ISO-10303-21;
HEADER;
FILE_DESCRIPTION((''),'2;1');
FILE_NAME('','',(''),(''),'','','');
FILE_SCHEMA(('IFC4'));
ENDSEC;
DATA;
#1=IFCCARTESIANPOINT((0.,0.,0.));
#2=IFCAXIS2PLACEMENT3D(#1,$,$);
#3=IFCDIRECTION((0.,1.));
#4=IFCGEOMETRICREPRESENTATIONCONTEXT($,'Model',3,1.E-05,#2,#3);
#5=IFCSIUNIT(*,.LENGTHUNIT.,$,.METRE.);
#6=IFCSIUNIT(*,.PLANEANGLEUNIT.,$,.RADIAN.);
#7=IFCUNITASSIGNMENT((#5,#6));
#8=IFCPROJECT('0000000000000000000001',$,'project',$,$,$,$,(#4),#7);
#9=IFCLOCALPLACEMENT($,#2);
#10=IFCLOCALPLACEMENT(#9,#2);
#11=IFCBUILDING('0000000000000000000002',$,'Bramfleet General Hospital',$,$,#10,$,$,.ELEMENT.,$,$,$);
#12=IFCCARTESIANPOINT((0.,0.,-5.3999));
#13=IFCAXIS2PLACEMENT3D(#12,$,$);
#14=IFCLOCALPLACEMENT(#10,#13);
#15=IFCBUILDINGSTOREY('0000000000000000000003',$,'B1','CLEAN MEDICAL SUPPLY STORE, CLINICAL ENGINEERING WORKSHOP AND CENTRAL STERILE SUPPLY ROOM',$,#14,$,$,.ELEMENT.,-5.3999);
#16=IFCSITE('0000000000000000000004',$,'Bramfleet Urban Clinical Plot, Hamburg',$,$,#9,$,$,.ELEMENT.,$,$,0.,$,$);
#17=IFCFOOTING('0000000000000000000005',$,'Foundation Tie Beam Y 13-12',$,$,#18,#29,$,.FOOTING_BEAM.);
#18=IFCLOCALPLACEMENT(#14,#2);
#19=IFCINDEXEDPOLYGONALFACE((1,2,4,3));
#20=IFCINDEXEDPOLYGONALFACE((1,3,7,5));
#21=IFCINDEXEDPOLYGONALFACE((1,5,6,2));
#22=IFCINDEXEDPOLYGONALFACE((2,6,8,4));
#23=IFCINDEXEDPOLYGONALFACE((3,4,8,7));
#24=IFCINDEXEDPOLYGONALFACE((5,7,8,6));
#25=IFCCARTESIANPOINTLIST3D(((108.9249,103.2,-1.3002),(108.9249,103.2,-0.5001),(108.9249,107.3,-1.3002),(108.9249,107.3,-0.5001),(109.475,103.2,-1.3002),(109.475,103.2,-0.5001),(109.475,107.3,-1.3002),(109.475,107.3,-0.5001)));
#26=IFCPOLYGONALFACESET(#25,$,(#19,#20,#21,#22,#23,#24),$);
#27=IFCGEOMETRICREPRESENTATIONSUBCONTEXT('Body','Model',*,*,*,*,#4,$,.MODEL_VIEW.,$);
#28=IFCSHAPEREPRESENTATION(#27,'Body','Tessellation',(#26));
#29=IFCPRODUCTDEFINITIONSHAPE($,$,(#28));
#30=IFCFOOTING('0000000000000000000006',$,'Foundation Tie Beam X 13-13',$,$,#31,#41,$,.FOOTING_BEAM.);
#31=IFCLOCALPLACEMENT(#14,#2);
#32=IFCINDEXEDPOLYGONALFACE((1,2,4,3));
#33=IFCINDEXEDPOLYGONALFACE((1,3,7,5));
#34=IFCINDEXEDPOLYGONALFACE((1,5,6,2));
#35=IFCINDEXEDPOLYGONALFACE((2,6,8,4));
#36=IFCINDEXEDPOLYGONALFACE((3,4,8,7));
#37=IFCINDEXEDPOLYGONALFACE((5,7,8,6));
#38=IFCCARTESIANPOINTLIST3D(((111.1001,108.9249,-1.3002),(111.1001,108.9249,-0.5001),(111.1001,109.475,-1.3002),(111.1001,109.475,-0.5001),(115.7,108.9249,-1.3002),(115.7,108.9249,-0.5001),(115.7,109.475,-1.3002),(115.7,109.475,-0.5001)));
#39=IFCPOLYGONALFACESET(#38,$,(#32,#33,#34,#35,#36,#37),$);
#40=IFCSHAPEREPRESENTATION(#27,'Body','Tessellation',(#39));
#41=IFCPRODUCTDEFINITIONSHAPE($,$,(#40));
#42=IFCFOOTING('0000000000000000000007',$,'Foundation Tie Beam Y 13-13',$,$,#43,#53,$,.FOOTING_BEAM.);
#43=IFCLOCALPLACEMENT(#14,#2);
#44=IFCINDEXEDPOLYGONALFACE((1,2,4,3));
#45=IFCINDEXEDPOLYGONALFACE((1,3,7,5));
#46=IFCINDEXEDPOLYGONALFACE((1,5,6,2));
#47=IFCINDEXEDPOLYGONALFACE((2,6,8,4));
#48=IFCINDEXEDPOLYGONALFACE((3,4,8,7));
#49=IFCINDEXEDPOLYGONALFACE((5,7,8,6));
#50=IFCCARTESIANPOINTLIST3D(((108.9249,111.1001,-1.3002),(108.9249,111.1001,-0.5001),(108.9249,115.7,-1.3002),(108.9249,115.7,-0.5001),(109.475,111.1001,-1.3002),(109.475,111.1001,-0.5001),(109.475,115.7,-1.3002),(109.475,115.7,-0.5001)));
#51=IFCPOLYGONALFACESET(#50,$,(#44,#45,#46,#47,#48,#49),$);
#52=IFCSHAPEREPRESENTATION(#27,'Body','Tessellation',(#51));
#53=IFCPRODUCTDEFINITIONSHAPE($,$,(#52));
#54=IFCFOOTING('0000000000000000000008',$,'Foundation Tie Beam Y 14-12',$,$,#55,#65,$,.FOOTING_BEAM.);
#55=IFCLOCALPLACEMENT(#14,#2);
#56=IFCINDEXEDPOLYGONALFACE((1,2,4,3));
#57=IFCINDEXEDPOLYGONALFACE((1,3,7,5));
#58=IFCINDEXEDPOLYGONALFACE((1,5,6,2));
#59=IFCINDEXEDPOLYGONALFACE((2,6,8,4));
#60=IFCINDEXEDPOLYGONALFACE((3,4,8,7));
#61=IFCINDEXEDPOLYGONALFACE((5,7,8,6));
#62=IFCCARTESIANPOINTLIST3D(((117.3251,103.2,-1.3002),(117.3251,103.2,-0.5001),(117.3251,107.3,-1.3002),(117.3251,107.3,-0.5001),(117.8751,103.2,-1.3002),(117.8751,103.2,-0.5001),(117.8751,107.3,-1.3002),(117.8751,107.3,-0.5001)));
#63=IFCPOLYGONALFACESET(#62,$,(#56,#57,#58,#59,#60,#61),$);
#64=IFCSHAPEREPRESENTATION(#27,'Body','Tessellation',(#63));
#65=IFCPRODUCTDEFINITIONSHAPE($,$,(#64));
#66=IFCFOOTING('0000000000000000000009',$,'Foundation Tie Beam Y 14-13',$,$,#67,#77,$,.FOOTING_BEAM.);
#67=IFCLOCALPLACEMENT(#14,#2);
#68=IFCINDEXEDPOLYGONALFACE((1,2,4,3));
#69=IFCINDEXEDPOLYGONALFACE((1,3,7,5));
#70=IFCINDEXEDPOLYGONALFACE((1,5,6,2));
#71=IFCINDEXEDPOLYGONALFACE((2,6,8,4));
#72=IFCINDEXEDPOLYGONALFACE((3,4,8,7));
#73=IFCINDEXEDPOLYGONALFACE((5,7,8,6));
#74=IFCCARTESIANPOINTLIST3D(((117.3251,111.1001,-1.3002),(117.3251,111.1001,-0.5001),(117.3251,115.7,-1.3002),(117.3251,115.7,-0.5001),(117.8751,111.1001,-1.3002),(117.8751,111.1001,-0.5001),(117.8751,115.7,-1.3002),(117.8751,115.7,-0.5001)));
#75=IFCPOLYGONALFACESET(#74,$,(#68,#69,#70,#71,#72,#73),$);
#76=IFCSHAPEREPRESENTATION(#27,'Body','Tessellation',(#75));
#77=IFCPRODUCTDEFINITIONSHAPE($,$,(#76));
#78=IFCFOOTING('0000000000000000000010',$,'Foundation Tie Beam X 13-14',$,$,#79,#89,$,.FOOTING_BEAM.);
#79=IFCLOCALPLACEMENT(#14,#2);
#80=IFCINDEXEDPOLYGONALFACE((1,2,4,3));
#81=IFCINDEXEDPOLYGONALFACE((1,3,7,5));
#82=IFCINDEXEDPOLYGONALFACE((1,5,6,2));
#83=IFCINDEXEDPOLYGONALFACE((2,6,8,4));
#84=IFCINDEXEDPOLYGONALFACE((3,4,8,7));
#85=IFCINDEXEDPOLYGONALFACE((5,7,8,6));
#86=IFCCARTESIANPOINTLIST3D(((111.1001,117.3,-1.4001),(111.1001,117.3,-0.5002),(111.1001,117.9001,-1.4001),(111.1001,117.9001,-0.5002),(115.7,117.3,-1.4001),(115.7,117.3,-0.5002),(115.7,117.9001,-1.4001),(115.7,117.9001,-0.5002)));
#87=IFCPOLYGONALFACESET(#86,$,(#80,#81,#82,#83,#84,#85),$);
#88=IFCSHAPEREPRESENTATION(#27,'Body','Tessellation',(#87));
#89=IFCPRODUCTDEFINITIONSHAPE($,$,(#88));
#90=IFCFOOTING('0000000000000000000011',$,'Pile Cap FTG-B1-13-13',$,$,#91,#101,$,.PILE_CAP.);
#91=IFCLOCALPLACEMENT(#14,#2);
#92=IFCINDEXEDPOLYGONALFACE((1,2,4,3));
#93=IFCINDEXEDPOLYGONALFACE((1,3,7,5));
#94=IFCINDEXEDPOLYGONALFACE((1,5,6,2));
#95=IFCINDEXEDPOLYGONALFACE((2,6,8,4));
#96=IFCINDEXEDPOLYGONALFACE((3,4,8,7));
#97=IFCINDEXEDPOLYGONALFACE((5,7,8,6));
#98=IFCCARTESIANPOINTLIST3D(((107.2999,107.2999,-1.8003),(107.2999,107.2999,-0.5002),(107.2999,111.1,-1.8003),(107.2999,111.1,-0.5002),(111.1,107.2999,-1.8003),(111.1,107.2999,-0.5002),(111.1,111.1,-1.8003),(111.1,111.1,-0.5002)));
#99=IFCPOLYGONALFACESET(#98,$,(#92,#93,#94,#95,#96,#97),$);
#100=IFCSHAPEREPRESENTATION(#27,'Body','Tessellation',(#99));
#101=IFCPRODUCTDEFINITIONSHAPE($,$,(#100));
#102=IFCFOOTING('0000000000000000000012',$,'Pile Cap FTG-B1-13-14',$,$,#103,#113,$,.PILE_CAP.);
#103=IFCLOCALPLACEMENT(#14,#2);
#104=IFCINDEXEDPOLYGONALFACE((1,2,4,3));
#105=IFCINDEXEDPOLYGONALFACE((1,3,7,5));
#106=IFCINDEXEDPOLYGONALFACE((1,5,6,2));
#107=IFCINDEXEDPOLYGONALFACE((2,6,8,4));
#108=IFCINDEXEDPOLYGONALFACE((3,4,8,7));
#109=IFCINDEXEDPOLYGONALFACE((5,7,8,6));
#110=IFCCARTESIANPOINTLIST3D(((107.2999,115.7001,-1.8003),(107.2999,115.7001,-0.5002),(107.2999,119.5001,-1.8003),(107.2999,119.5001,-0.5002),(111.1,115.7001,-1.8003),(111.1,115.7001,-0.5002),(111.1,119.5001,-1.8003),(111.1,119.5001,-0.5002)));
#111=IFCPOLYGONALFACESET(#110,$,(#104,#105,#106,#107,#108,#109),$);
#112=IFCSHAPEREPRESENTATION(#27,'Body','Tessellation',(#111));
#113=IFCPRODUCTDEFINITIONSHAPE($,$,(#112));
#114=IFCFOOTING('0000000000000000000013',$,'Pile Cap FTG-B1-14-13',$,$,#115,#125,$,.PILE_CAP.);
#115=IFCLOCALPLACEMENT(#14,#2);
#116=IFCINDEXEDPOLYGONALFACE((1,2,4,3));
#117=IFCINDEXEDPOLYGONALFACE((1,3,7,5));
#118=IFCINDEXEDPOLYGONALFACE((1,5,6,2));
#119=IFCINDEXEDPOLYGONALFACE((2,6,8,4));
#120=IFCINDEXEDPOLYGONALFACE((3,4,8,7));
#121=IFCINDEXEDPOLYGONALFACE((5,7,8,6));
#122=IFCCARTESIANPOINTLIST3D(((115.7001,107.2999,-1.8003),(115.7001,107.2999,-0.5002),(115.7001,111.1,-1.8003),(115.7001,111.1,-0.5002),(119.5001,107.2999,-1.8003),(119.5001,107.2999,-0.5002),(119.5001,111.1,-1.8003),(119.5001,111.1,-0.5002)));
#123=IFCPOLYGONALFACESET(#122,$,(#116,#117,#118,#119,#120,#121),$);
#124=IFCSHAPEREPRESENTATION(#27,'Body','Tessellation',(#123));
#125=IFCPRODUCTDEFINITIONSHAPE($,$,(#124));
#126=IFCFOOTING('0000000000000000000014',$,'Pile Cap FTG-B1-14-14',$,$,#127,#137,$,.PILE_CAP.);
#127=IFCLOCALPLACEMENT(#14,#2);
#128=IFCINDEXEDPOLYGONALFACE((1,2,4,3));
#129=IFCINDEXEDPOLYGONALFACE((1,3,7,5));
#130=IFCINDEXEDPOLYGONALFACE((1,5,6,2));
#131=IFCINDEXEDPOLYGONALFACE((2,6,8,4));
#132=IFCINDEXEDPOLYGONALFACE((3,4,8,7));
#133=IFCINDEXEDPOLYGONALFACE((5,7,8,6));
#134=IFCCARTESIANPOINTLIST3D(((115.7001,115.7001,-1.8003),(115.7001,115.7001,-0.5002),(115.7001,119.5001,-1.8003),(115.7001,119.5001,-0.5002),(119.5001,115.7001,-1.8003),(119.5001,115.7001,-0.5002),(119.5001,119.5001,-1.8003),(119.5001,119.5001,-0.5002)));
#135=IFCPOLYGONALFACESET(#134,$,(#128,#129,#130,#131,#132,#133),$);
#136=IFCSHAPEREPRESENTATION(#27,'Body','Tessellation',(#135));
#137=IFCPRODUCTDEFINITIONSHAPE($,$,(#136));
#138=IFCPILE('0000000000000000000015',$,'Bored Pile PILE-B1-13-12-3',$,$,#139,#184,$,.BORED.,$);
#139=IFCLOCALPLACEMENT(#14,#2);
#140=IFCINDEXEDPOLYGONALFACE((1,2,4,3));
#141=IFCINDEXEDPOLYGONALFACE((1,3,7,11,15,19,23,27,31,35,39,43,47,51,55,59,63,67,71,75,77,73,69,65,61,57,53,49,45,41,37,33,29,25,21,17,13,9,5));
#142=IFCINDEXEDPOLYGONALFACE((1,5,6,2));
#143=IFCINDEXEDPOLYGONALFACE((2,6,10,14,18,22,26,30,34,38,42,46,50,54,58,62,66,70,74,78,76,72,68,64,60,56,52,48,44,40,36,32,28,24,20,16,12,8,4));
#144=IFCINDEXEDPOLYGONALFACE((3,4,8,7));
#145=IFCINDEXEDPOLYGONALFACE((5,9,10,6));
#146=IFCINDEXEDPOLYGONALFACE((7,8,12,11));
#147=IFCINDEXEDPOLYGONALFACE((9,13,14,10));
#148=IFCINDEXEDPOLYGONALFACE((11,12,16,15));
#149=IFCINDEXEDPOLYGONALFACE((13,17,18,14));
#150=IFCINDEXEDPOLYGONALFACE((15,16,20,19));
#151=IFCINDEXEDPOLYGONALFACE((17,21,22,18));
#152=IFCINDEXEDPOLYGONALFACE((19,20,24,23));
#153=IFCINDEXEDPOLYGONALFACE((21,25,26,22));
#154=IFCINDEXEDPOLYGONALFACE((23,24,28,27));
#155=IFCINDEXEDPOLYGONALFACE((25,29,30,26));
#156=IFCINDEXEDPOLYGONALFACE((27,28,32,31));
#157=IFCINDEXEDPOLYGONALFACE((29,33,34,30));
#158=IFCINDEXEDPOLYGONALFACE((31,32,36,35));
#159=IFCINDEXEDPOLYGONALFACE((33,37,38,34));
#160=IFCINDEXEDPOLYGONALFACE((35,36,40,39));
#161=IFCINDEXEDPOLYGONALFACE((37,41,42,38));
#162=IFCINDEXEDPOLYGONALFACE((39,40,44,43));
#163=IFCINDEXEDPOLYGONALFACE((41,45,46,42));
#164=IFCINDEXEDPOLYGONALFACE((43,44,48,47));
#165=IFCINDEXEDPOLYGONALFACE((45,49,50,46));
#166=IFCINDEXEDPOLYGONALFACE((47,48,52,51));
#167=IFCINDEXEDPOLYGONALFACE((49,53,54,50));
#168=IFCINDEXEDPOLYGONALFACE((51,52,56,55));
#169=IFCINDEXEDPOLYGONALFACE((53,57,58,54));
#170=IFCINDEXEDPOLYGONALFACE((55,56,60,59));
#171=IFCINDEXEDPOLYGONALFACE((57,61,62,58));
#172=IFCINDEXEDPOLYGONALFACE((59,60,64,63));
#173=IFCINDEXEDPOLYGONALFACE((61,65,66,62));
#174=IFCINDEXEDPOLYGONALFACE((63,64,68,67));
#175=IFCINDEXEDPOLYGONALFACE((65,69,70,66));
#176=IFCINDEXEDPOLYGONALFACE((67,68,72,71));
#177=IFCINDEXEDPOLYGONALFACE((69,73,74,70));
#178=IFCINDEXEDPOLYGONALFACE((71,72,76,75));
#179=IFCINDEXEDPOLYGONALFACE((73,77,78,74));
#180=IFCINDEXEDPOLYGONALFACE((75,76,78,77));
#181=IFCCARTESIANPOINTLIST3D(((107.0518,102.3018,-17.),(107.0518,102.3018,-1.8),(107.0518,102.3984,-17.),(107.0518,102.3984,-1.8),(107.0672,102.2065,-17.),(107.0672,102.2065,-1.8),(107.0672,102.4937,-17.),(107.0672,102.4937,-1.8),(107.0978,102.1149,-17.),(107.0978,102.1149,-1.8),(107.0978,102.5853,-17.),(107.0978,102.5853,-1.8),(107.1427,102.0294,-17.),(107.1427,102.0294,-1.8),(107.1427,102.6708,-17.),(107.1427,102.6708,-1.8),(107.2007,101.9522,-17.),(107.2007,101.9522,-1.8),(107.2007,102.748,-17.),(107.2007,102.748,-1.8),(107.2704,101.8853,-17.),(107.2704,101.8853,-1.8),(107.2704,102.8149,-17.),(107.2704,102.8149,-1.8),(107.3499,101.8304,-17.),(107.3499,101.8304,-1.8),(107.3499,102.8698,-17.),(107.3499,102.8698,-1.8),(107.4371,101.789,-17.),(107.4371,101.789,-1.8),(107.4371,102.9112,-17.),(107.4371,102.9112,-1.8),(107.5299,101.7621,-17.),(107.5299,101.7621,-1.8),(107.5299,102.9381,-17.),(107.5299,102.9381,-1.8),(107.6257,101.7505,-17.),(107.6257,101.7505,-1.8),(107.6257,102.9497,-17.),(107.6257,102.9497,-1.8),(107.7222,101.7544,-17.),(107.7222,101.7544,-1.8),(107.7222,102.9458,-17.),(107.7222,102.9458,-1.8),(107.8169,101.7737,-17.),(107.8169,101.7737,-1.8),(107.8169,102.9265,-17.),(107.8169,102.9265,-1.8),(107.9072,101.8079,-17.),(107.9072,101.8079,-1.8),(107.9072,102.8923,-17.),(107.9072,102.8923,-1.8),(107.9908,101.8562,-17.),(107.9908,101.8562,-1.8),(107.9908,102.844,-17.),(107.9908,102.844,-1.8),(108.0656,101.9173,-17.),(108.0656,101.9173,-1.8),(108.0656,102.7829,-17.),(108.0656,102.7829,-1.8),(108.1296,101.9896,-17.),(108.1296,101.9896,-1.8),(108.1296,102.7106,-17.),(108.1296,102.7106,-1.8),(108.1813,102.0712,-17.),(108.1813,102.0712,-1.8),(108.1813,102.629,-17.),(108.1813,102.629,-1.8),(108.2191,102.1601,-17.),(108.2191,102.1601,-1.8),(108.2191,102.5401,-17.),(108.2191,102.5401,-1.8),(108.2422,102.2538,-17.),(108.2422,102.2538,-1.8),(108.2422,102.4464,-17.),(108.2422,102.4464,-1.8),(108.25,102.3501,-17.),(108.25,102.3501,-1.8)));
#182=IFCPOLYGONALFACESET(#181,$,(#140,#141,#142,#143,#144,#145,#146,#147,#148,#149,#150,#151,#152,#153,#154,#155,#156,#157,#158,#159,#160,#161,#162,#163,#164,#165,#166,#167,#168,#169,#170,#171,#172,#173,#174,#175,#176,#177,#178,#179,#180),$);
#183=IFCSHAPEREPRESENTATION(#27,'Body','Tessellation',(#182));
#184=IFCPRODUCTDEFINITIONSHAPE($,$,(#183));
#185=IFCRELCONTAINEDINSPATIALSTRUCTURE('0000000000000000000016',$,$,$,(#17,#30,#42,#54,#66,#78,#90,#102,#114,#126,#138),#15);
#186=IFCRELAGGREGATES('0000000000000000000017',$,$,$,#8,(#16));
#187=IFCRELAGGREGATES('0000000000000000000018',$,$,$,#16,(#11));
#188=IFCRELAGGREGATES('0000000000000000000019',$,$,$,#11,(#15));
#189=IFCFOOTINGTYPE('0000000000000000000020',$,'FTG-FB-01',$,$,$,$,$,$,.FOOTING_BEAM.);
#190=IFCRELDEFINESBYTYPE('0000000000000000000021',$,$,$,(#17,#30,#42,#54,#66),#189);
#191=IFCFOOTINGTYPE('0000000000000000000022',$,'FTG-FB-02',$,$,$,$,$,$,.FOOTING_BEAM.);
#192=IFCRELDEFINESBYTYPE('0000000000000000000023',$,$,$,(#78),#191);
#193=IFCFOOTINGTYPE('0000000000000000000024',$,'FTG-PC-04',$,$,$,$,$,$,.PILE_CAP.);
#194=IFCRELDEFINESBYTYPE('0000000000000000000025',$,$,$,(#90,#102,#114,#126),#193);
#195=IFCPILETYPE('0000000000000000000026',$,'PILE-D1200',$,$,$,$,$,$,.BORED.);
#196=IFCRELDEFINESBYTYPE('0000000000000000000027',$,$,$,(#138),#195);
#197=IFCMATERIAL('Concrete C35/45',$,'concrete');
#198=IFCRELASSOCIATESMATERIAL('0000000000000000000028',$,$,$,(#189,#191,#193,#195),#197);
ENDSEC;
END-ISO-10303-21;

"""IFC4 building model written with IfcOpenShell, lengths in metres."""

from ifc_helpers import new_model, si_unit, direction, frame, origin, origin_2d, place, context, subcontext, project, spatial, rectangle, circle, extrude, material, material_profile, profile_set, type_object, element, save


model = new_model("IFC4")

# Units and contexts
model_context = context("Model", 3, precision=1e-05, world=origin(), true_north=direction((0.0, 1.0)))
body_context = subcontext(model_context, "Body", "Model", "MODEL_VIEW")
ifc_project = project(units=[si_unit("LENGTHUNIT", "METRE"), si_unit("PLANEANGLEUNIT", "RADIAN")], contexts=[model_context])

# Site, building, storey
site_placement = place(None, origin())
site = spatial("IfcSite", under=ifc_project, at=site_placement, Name="Bramfleet Urban Clinical Plot, Hamburg", CompositionType="ELEMENT", RefElevation=0.0)
building_placement = place(site_placement, origin())
building = spatial("IfcBuilding", under=site, at=building_placement, Name="Bramfleet General Hospital", CompositionType="ELEMENT")
storey_placement = place(building_placement, frame((0.0, 0.0, -5.3999)))
storey = spatial("IfcBuildingStorey", under=building, at=storey_placement, Name="B1", Description="CLEAN MEDICAL SUPPLY STORE, CLINICAL ENGINEERING WORKSHOP AND CENTRAL STERILE SUPPLY ROOM", CompositionType="ELEMENT", Elevation=-5.3999)

# Footings
ifc_material_1 = material(Name="Concrete C35/45", Category="concrete")
ifc_material_profile_1 = material_profile(ifc_material_1, rectangle(XDim=0.55, YDim=0.8, at=origin_2d()), Name="RC FB 800x550")
ifc_profile_set_1 = profile_set([ifc_material_profile_1], Name="Concrete C35/45")
footing_type_1 = type_object("IfcFootingType", Name="FTG-FB-01", PredefinedType="FOOTING_BEAM", material=ifc_profile_set_1)
footing_1_placement = place(storey_placement, frame((109.2, 103.2, -0.9001), z_axis=(0.0, 1.0, 0.0), x_axis=(-1.0, 0.0, 0.0)))
element("IfcFooting", 1, at=footing_1_placement, inside=storey, type_object=footing_type_1, Name="Foundation Tie Beam Y 13-12", PredefinedType="FOOTING_BEAM", context=body_context, shape_type="SweptSolid", body=[
    extrude(rectangle(XDim=0.55, YDim=0.8, at=origin_2d()), origin(), (0.0, 0.0, 1.0), 4.1001),
])
for number, where, z_axis, x_axis, name in (
    (2, (111.1001, 109.2, -0.9001), (1.0, 0.0, 0.0), (0.0, 1.0, 0.0), "Foundation Tie Beam X 13-13"),
    (3, (109.2, 111.1001, -0.9001), (0.0, 1.0, 0.0), (-1.0, 0.0, 0.0), "Foundation Tie Beam Y 13-13"),
):
    element("IfcFooting", number, at=place(storey_placement, frame(where, z_axis=z_axis, x_axis=x_axis)), inside=storey, type_object=footing_type_1, Name=name, PredefinedType="FOOTING_BEAM", context=body_context, shape_type="SweptSolid", body=[
        extrude(rectangle(XDim=0.55, YDim=0.8, at=origin_2d()), origin(), (0.0, 0.0, 1.0), 4.5999),
    ])
footing_2_placement = place(storey_placement, frame((117.6001, 103.2, -0.9001), z_axis=(0.0, 1.0, 0.0), x_axis=(-1.0, 0.0, 0.0)))
element("IfcFooting", 4, at=footing_2_placement, inside=storey, type_object=footing_type_1, Name="Foundation Tie Beam Y 14-12", PredefinedType="FOOTING_BEAM", context=body_context, shape_type="SweptSolid", body=[
    extrude(rectangle(XDim=0.55, YDim=0.8, at=origin_2d()), origin(), (0.0, 0.0, 1.0), 4.1001),
])
footing_3_placement = place(storey_placement, frame((117.6001, 111.1001, -0.9001), z_axis=(0.0, 1.0, 0.0), x_axis=(-1.0, 0.0, 0.0)))
element("IfcFooting", 5, at=footing_3_placement, inside=storey, type_object=footing_type_1, Name="Foundation Tie Beam Y 14-13", PredefinedType="FOOTING_BEAM", context=body_context, shape_type="SweptSolid", body=[
    extrude(rectangle(XDim=0.55, YDim=0.8, at=origin_2d()), origin(), (0.0, 0.0, 1.0), 4.5999),
])
ifc_material_profile_2 = material_profile(ifc_material_1, rectangle(XDim=0.6001, YDim=0.8999, at=origin_2d()), Name="RC FB 900x600")
ifc_profile_set_2 = profile_set([ifc_material_profile_2], Name="Concrete C35/45")
footing_type_2 = type_object("IfcFootingType", Name="FTG-FB-02", PredefinedType="FOOTING_BEAM", material=ifc_profile_set_2)
footing_4_placement = place(storey_placement, frame((111.1001, 117.6001, -0.9502), z_axis=(1.0, 0.0, 0.0), x_axis=(0.0, 1.0, 0.0)))
element("IfcFooting", 6, at=footing_4_placement, inside=storey, type_object=footing_type_2, Name="Foundation Tie Beam X 13-14", PredefinedType="FOOTING_BEAM", context=body_context, shape_type="SweptSolid", body=[
    extrude(rectangle(XDim=0.6001, YDim=0.8999, at=origin_2d()), origin(), (0.0, 0.0, 1.0), 4.5999),
])
footing_type_3 = type_object("IfcFootingType", Name="FTG-PC-04", PredefinedType="PILE_CAP", material=ifc_material_1)
for number, where, z_axis, x_axis, name in (
    (7, (109.2, 109.2, -1.8003), (0.0, 0.0, 1.0), (1.0, 0.0, 0.0), "Pile Cap FTG-B1-13-13"),
    (8, (109.2, 117.6001, -1.8003), (0.0, 0.0, 1.0), (1.0, 0.0, 0.0), "Pile Cap FTG-B1-13-14"),
    (9, (117.6001, 109.2, -1.8003), (0.0, 0.0, 1.0), (1.0, 0.0, 0.0), "Pile Cap FTG-B1-14-13"),
    (10, (117.6001, 117.6001, -1.8003), (0.0, 0.0, 1.0), (1.0, 0.0, 0.0), "Pile Cap FTG-B1-14-14"),
):
    element("IfcFooting", number, at=place(storey_placement, frame(where, z_axis=z_axis, x_axis=x_axis)), inside=storey, type_object=footing_type_3, Name=name, PredefinedType="PILE_CAP", context=body_context, shape_type="SweptSolid", body=[
        extrude(rectangle(XDim=3.8, YDim=3.8, at=origin_2d()), origin(), (0.0, 0.0, 1.0), 1.3),
    ])

# Pile
ifc_material_profile_3 = material_profile(ifc_material_1, circle(Radius=0.6001, at=origin_2d()), Name="PILE BORED D1200")
ifc_profile_set_3 = profile_set([ifc_material_profile_3], Name="Concrete C35/45")
pile_type_1 = type_object("IfcPileType", Name="PILE-D1200", PredefinedType="BORED", material=ifc_profile_set_3)
for number, where, z_axis, x_axis, name in (
    (11, (107.6499, 102.3501, -1.8), (0.0, 0.0, -1.0), (1.0, 0.0, 0.0), "Bored Pile PILE-B1-13-12-3"),
):
    element("IfcPile", number, at=place(storey_placement, frame(where, z_axis=z_axis, x_axis=x_axis)), inside=storey, type_object=pile_type_1, Name=name, PredefinedType="BORED", context=body_context, shape_type="SweptSolid", body=[
        extrude(circle(Radius=0.6001, at=origin_2d()), origin(), (0.0, 0.0, 1.0), 15.2),
    ])

save(model, "model.ifc")
